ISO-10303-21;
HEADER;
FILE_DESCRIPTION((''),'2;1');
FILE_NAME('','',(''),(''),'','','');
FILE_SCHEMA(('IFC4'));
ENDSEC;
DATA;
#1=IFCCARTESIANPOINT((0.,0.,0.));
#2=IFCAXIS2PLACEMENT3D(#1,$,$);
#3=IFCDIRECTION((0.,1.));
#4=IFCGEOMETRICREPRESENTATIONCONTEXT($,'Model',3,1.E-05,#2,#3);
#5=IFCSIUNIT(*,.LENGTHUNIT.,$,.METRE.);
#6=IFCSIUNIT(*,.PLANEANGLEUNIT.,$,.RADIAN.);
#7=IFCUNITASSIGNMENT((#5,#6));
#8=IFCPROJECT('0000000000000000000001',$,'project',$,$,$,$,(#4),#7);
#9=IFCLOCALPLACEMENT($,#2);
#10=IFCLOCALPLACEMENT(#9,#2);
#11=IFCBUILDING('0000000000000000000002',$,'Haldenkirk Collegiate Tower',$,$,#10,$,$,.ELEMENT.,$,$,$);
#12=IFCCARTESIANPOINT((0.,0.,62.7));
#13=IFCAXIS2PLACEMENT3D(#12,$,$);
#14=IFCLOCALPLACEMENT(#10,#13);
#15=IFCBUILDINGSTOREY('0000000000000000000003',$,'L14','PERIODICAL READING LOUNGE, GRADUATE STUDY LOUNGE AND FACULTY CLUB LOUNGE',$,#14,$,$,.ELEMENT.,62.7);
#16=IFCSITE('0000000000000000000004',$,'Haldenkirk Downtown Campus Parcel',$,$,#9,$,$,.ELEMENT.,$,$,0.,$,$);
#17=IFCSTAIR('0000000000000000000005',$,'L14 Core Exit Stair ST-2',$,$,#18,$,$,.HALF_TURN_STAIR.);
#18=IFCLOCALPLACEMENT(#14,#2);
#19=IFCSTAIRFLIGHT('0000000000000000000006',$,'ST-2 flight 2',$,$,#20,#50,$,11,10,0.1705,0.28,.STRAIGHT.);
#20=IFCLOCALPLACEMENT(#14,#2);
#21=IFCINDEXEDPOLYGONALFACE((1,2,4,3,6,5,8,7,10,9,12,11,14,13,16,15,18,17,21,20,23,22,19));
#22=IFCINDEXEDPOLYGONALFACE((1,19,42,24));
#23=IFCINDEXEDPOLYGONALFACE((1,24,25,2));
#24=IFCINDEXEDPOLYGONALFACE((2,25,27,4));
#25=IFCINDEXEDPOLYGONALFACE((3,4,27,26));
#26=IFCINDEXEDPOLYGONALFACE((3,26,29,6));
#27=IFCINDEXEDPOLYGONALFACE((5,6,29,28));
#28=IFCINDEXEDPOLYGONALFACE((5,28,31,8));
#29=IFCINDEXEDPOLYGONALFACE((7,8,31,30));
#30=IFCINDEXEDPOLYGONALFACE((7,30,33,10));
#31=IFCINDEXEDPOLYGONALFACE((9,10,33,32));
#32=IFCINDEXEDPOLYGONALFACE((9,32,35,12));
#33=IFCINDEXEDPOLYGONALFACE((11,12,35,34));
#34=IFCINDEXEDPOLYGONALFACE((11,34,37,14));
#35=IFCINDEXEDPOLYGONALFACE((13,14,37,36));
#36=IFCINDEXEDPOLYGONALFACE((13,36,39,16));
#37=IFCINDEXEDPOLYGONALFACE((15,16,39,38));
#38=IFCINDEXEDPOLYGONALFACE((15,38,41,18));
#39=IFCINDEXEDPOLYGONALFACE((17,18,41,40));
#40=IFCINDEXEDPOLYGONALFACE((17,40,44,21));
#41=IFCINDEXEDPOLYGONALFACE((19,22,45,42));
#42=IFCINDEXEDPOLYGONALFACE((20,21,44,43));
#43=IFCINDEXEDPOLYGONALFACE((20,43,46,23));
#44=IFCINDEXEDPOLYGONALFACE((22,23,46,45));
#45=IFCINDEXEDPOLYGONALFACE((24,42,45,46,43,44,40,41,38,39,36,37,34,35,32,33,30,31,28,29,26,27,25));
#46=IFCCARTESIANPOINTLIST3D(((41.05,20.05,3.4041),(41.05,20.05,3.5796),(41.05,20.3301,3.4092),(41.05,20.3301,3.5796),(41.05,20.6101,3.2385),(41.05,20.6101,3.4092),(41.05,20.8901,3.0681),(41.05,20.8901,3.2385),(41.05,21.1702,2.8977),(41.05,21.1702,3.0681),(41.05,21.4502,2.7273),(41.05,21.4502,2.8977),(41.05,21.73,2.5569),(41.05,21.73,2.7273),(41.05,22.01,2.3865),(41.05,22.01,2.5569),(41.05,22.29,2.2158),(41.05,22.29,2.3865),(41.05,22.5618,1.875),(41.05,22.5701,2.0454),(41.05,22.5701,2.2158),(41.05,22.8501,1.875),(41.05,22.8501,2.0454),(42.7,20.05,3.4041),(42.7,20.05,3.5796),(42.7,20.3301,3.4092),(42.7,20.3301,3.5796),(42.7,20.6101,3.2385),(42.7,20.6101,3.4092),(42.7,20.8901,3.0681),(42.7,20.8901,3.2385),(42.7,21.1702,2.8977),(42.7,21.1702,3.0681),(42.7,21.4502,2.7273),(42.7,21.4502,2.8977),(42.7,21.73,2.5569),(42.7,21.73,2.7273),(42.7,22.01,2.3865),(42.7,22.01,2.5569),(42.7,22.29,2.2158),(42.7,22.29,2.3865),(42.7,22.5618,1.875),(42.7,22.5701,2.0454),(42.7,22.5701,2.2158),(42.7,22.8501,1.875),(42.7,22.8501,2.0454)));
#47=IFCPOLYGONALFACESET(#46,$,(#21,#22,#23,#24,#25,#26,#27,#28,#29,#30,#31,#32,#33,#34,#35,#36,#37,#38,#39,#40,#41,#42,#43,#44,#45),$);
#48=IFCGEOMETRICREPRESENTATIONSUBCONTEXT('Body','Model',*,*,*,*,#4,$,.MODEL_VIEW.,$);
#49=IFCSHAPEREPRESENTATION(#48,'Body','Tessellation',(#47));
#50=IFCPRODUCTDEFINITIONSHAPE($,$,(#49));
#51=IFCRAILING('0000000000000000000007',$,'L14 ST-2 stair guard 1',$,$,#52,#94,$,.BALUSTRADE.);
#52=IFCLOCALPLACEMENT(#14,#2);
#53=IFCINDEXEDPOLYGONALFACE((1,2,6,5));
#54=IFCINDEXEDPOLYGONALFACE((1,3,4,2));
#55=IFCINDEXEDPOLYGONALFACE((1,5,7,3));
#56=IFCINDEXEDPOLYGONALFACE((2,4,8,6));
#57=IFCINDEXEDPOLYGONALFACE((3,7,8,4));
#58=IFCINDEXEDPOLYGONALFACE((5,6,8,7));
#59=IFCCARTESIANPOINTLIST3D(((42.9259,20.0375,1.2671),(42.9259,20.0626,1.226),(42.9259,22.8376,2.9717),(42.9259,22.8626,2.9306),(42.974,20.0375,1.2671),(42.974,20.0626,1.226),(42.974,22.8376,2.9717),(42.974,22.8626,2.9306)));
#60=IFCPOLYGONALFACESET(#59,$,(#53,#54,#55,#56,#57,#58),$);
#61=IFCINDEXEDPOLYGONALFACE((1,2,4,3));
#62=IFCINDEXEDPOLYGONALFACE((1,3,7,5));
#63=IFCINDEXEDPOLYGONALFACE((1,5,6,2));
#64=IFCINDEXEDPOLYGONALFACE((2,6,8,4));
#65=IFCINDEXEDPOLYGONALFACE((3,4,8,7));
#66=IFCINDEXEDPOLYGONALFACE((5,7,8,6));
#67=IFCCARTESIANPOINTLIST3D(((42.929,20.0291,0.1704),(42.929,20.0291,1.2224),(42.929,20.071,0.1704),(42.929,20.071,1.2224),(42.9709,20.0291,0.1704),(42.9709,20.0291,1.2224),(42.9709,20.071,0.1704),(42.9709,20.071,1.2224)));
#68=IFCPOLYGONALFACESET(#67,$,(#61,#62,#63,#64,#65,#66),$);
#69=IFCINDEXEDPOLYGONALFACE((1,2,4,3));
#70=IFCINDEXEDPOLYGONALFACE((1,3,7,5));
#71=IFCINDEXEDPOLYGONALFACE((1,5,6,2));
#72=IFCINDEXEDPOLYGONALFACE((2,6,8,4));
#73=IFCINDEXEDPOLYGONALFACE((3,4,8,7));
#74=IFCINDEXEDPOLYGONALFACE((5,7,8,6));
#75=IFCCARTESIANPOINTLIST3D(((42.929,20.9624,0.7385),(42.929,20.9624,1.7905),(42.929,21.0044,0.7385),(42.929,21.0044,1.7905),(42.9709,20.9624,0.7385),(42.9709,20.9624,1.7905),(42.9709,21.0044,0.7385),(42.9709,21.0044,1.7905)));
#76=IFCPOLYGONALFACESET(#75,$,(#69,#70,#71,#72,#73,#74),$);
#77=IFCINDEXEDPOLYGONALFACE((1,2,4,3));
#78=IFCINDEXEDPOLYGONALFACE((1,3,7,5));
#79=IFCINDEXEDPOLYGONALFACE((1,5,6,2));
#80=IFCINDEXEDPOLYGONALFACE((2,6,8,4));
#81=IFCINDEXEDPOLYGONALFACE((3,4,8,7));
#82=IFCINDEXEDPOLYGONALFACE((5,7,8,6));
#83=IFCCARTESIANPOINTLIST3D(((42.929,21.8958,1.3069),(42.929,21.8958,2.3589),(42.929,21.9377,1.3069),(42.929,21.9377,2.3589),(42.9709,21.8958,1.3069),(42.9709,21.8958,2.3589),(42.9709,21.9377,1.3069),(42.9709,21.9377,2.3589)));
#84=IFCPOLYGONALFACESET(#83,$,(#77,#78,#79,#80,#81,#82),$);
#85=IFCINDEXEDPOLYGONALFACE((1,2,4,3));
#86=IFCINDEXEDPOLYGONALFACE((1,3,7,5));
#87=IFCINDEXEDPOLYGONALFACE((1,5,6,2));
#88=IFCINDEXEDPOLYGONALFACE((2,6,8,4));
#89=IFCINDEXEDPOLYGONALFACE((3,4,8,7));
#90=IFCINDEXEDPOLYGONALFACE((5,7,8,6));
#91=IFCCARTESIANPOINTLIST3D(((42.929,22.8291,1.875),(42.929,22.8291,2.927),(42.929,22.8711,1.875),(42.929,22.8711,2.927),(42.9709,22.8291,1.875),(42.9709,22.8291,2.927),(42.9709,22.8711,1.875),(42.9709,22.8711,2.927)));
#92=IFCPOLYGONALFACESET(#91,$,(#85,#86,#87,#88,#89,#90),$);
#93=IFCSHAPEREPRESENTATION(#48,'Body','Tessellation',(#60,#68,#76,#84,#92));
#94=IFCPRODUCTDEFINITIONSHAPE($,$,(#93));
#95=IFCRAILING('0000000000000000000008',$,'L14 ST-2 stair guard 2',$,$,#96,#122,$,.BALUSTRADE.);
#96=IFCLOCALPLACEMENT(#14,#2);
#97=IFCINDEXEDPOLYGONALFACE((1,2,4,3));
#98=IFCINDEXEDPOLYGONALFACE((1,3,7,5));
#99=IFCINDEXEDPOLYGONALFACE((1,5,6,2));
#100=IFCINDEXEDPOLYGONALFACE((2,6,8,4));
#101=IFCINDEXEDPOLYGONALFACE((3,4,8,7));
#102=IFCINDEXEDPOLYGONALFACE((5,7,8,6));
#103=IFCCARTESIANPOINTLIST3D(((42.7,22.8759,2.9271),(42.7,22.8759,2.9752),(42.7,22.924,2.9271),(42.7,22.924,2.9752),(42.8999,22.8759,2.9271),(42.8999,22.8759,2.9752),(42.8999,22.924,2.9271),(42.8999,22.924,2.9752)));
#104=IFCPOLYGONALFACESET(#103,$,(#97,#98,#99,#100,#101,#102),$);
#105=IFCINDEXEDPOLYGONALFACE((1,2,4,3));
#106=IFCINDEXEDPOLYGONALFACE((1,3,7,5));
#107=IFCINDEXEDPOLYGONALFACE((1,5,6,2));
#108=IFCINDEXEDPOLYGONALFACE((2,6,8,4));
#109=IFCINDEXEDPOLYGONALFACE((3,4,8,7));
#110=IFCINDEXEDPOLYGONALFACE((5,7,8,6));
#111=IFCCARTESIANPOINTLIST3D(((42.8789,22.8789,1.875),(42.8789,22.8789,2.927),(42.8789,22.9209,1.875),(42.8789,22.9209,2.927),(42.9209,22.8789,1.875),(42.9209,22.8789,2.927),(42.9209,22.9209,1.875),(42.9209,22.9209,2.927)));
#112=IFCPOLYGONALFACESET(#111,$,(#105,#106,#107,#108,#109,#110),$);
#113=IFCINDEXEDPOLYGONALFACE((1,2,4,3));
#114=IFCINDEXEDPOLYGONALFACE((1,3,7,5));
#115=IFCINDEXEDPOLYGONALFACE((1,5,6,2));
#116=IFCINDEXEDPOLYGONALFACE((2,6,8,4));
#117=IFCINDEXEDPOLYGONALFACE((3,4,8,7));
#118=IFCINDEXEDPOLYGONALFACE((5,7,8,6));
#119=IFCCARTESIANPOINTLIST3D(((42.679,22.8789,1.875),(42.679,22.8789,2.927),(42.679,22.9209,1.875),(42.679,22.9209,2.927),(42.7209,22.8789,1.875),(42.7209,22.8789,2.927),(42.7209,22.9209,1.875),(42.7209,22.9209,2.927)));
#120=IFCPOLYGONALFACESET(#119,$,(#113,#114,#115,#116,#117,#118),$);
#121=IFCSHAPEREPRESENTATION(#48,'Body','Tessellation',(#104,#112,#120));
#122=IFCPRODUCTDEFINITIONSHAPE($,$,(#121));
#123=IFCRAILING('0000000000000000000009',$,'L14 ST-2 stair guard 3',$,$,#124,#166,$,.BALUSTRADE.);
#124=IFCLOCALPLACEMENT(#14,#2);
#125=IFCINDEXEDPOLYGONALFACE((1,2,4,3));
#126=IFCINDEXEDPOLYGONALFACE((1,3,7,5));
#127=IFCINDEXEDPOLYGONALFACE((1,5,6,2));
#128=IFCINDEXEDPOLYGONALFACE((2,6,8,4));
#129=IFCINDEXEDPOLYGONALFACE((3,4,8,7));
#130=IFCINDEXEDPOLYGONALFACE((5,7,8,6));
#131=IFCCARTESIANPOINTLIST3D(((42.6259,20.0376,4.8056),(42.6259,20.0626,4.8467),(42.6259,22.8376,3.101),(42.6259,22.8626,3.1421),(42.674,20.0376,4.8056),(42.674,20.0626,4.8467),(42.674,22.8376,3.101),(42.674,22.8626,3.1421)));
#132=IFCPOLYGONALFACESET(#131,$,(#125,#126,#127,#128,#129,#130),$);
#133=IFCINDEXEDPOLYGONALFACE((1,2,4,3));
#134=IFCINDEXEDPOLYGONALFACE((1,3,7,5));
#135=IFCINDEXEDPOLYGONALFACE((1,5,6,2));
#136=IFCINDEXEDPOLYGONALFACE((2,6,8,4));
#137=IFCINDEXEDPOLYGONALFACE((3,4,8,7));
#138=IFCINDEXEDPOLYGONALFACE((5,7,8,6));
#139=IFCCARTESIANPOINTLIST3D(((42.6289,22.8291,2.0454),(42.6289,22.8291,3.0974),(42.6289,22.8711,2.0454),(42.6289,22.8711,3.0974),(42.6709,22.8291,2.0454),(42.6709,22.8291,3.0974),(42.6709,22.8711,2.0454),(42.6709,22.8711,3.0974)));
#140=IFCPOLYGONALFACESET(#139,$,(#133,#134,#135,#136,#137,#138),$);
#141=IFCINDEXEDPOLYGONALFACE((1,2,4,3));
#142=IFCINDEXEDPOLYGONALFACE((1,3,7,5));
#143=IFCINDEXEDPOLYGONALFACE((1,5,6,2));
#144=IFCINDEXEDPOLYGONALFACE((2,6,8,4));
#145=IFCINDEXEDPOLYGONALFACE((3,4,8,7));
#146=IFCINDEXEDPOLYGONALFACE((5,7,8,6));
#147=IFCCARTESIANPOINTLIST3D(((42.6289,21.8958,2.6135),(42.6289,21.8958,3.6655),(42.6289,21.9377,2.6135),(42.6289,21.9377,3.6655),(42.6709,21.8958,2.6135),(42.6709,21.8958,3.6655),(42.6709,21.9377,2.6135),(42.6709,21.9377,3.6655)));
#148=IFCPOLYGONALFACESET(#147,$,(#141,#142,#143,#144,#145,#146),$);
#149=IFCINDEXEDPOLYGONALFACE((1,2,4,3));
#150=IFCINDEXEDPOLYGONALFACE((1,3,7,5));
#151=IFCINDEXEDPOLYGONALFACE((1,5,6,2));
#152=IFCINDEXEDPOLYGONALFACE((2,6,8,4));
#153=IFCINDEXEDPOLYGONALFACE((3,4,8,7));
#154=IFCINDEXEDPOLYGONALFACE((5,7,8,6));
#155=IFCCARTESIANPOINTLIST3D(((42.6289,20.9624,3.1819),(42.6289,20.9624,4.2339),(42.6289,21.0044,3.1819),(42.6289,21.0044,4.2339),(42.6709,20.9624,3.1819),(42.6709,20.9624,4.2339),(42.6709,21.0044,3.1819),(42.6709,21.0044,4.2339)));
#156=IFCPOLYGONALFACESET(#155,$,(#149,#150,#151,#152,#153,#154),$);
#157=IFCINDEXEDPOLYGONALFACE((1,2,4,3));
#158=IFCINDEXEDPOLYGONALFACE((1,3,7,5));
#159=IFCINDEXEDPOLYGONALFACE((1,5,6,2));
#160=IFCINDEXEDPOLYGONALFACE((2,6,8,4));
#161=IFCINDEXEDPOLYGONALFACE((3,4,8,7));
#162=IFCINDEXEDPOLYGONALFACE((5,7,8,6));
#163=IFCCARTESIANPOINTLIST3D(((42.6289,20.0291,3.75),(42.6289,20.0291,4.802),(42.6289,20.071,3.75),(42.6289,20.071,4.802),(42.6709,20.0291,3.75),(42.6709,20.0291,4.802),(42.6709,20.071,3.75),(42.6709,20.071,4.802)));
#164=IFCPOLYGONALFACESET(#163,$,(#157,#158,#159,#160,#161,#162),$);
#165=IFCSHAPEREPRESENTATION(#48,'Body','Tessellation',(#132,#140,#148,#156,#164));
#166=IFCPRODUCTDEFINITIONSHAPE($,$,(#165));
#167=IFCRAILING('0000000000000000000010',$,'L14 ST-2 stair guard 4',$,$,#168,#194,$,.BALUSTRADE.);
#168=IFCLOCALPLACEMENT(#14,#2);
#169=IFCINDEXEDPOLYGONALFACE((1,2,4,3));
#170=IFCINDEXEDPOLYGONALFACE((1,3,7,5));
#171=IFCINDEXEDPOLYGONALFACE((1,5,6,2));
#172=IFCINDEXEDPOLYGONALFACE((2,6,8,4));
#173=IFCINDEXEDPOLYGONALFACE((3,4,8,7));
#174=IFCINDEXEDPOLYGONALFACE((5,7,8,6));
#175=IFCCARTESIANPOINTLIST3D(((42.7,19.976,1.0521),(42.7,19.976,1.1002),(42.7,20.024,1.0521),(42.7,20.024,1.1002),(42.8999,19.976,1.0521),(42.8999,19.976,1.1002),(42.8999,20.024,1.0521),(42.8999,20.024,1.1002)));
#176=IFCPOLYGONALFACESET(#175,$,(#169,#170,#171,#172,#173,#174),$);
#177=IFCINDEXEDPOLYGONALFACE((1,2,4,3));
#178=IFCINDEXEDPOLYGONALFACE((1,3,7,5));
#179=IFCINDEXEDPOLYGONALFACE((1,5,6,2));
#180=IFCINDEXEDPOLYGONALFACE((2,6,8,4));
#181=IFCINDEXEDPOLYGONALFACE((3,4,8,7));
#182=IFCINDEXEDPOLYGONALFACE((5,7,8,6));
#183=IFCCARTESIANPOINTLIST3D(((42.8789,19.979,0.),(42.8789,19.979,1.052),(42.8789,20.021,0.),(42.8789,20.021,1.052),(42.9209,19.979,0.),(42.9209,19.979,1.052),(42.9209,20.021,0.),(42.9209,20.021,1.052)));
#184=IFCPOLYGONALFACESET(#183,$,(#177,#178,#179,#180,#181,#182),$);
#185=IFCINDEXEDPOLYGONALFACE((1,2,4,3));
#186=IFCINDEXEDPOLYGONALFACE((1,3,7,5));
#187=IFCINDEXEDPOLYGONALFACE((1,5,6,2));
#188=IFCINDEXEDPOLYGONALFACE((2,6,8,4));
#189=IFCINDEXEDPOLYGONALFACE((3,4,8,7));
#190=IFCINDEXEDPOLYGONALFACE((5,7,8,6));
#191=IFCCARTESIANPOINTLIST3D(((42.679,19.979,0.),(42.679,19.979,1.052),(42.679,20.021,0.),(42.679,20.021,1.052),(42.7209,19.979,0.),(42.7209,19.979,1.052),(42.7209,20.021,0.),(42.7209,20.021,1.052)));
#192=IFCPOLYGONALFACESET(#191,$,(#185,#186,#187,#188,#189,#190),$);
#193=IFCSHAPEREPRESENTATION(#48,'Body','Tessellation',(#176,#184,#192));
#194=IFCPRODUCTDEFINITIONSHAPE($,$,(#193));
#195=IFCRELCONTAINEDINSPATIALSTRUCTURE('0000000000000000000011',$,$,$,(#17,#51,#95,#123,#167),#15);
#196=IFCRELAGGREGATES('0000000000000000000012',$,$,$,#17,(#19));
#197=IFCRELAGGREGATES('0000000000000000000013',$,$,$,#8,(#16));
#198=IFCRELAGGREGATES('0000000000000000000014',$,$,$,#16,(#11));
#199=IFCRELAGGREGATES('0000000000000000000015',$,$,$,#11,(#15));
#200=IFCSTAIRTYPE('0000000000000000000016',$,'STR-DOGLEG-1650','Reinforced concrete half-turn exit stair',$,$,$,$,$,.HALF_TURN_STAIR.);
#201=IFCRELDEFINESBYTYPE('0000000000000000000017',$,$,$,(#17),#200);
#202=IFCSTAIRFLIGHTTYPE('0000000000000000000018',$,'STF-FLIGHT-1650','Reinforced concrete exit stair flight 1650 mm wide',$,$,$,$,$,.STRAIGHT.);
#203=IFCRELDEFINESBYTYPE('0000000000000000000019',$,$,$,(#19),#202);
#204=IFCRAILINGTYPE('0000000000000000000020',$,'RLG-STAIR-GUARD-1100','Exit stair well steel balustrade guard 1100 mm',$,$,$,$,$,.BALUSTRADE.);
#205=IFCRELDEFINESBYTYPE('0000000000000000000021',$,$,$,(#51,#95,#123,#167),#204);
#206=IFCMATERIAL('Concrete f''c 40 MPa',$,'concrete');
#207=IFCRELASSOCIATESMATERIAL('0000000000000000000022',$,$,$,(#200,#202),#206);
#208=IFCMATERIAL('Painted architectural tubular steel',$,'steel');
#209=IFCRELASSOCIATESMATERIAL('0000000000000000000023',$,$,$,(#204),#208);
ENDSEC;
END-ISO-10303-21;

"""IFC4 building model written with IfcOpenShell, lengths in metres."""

from ifc_helpers import new_model, si_unit, direction, frame, origin, origin_2d, place, context, subcontext, project, spatial, polyline, rectangle, outline, extrude, material, type_object, element, aggregate, save


model = new_model("IFC4")

# Units and contexts
model_context = context("Model", 3, precision=1e-05, world=origin(), true_north=direction((0.0, 1.0)))
body_context = subcontext(model_context, "Body", "Model", "MODEL_VIEW")
ifc_project = project(units=[si_unit("LENGTHUNIT", "METRE"), si_unit("PLANEANGLEUNIT", "RADIAN")], contexts=[model_context])

# Site, building, storey
site_placement = place(None, origin())
site = spatial("IfcSite", under=ifc_project, at=site_placement, Name="Haldenkirk Downtown Campus Parcel", CompositionType="ELEMENT", RefElevation=0.0)
building_placement = place(site_placement, origin())
building = spatial("IfcBuilding", under=site, at=building_placement, Name="Haldenkirk Collegiate Tower", CompositionType="ELEMENT")
storey_placement = place(building_placement, frame((0.0, 0.0, 62.7)))
storey = spatial("IfcBuildingStorey", under=building, at=storey_placement, Name="L14", Description="PERIODICAL READING LOUNGE, GRADUATE STUDY LOUNGE AND FACULTY CLUB LOUNGE", CompositionType="ELEMENT", Elevation=62.7)

# Stair, stair flight
ifc_material_1 = material(Name="Concrete f'c 40 MPa", Category="concrete")
stair_type = type_object("IfcStairType", Name="STR-DOGLEG-1650", Description="Reinforced concrete half-turn exit stair", PredefinedType="HALF_TURN_STAIR", material=ifc_material_1)
stair_placement = place(storey_placement, origin())
stair = element("IfcStair", 1, at=stair_placement, inside=storey, type_object=stair_type, Name="L14 Core Exit Stair ST-2", PredefinedType="HALF_TURN_STAIR")
stair_flight_type = type_object("IfcStairFlightType", Name="STF-FLIGHT-1650", Description="Reinforced concrete exit stair flight 1650 mm wide", PredefinedType="STRAIGHT", material=ifc_material_1)
stair_flight_1_placement = place(storey_placement, frame((41.875, 22.8501, 1.875), z_axis=(0.0, 0.0, 1.0), x_axis=(0.0, -1.0, 0.0)))
stair_flight_1 = element("IfcStairFlight", 2, at=stair_flight_1_placement, type_object=stair_flight_type, Name="ST-2 flight 2", NumberOfRisers=11, NumberOfTreads=10, PredefinedType="STRAIGHT", RiserHeight=0.1705, TreadLength=0.28, context=body_context, shape_type="SweptSolid", body=[
    extrude(outline(polyline([(0.0, 0.0), (0.0, 0.1704), (0.28, 0.1704), (0.28, 0.3408), (0.5601, 0.3408), (0.5601, 0.5115), (0.8401, 0.5115), (0.8401, 0.6819), (1.1201, 0.6819), (1.1201, 0.8523), (1.3999, 0.8523), (1.3999, 1.0227), (1.6799, 1.0227), (1.6799, 1.1931), (1.96, 1.1931), (1.96, 1.3635), (2.24, 1.3635), (2.24, 1.5342), (2.52, 1.5342), (2.52, 1.7046), (2.8, 1.7046), (2.8, 1.875), (2.8, 1.5291), (0.2883, 0.0), (0.0, 0.0)])), frame((0.0, 0.825, 0.0), z_axis=(0.0, -1.0, 0.0), x_axis=(1.0, 0.0, 0.0)), (0.0, 0.0, 1.0), 1.6499),
])
aggregate(stair, [stair_flight_1])

# Railings
ifc_material_2 = material(Name="Painted architectural tubular steel", Category="steel")
railing_type_1 = type_object("IfcRailingType", Name="RLG-STAIR-GUARD-1100", Description="Exit stair well steel balustrade guard 1100 mm", PredefinedType="BALUSTRADE", material=ifc_material_2)
railing_1_placement = place(storey_placement, frame((42.95, 20.05, 0.1704)))
element("IfcRailing", 3, at=railing_1_placement, inside=storey, type_object=railing_type_1, Name="L14 ST-2 stair guard 1", PredefinedType="BALUSTRADE", context=body_context, shape_type="SweptSolid", body=[
    extrude(rectangle(XDim=0.0481, YDim=0.0481, at=origin_2d()), frame((0.0, 0.0, 1.0762), z_axis=(0.0, 0.85417, 0.519994), x_axis=(-1.0, 0.0, 0.0)), (0.0, 0.0, 1.0), 3.2781),
    extrude(rectangle(XDim=0.042, YDim=0.042, at=origin_2d()), origin(), (0.0, 0.0, 1.0), 1.052),
    extrude(rectangle(XDim=0.042, YDim=0.042, at=origin_2d()), frame((0.0, 0.9333, 0.5681)), (0.0, 0.0, 1.0), 1.052),
    extrude(rectangle(XDim=0.042, YDim=0.042, at=origin_2d()), frame((0.0, 1.8667, 1.1365)), (0.0, 0.0, 1.0), 1.052),
    extrude(rectangle(XDim=0.042, YDim=0.042, at=origin_2d()), frame((0.0, 2.8, 1.7046)), (0.0, 0.0, 1.0), 1.052),
])
railing_2_placement = place(storey_placement, frame((42.8999, 22.8999, 1.875)))
element("IfcRailing", 4, at=railing_2_placement, inside=storey, type_object=railing_type_1, Name="L14 ST-2 stair guard 2", PredefinedType="BALUSTRADE", context=body_context, shape_type="SweptSolid", body=[
    extrude(rectangle(XDim=0.0481, YDim=0.0481, at=origin_2d()), frame((0.0, 0.0, 1.0762), z_axis=(-1.0, 0.0, 0.0), x_axis=(0.0, -1.0, 0.0)), (0.0, 0.0, 1.0), 0.2),
    extrude(rectangle(XDim=0.042, YDim=0.042, at=origin_2d()), origin(), (0.0, 0.0, 1.0), 1.052),
    extrude(rectangle(XDim=0.042, YDim=0.042, at=origin_2d()), frame((-0.2, 0.0, 0.0)), (0.0, 0.0, 1.0), 1.052),
])
railing_3_placement = place(storey_placement, frame((42.6499, 22.8501, 2.0454)))
element("IfcRailing", 5, at=railing_3_placement, inside=storey, type_object=railing_type_1, Name="L14 ST-2 stair guard 3", PredefinedType="BALUSTRADE", context=body_context, shape_type="SweptSolid", body=[
    extrude(rectangle(XDim=0.0481, YDim=0.0481, at=origin_2d()), frame((0.0, 0.0, 1.0762), z_axis=(0.0, -0.85417, 0.519994), x_axis=(1.0, 0.0, 0.0)), (0.0, 0.0, 1.0), 3.2781),
    extrude(rectangle(XDim=0.042, YDim=0.042, at=origin_2d()), origin(), (0.0, 0.0, 1.0), 1.052),
    extrude(rectangle(XDim=0.042, YDim=0.042, at=origin_2d()), frame((0.0, -0.9333, 0.5681)), (0.0, 0.0, 1.0), 1.052),
    extrude(rectangle(XDim=0.042, YDim=0.042, at=origin_2d()), frame((0.0, -1.8667, 1.1365)), (0.0, 0.0, 1.0), 1.052),
    extrude(rectangle(XDim=0.042, YDim=0.042, at=origin_2d()), frame((0.0, -2.8, 1.7046)), (0.0, 0.0, 1.0), 1.052),
])
railing_4_placement = place(storey_placement, frame((42.8999, 20.0, 0.0)))
element("IfcRailing", 6, at=railing_4_placement, inside=storey, type_object=railing_type_1, Name="L14 ST-2 stair guard 4", PredefinedType="BALUSTRADE", context=body_context, shape_type="SweptSolid", body=[
    extrude(rectangle(XDim=0.0481, YDim=0.0481, at=origin_2d()), frame((0.0, 0.0, 1.0762), z_axis=(-1.0, 0.0, 0.0), x_axis=(0.0, -1.0, 0.0)), (0.0, 0.0, 1.0), 0.2),
    extrude(rectangle(XDim=0.042, YDim=0.042, at=origin_2d()), origin(), (0.0, 0.0, 1.0), 1.052),
    extrude(rectangle(XDim=0.042, YDim=0.042, at=origin_2d()), frame((-0.2, 0.0, 0.0)), (0.0, 0.0, 1.0), 1.052),
])

save(model, "model.ifc")
